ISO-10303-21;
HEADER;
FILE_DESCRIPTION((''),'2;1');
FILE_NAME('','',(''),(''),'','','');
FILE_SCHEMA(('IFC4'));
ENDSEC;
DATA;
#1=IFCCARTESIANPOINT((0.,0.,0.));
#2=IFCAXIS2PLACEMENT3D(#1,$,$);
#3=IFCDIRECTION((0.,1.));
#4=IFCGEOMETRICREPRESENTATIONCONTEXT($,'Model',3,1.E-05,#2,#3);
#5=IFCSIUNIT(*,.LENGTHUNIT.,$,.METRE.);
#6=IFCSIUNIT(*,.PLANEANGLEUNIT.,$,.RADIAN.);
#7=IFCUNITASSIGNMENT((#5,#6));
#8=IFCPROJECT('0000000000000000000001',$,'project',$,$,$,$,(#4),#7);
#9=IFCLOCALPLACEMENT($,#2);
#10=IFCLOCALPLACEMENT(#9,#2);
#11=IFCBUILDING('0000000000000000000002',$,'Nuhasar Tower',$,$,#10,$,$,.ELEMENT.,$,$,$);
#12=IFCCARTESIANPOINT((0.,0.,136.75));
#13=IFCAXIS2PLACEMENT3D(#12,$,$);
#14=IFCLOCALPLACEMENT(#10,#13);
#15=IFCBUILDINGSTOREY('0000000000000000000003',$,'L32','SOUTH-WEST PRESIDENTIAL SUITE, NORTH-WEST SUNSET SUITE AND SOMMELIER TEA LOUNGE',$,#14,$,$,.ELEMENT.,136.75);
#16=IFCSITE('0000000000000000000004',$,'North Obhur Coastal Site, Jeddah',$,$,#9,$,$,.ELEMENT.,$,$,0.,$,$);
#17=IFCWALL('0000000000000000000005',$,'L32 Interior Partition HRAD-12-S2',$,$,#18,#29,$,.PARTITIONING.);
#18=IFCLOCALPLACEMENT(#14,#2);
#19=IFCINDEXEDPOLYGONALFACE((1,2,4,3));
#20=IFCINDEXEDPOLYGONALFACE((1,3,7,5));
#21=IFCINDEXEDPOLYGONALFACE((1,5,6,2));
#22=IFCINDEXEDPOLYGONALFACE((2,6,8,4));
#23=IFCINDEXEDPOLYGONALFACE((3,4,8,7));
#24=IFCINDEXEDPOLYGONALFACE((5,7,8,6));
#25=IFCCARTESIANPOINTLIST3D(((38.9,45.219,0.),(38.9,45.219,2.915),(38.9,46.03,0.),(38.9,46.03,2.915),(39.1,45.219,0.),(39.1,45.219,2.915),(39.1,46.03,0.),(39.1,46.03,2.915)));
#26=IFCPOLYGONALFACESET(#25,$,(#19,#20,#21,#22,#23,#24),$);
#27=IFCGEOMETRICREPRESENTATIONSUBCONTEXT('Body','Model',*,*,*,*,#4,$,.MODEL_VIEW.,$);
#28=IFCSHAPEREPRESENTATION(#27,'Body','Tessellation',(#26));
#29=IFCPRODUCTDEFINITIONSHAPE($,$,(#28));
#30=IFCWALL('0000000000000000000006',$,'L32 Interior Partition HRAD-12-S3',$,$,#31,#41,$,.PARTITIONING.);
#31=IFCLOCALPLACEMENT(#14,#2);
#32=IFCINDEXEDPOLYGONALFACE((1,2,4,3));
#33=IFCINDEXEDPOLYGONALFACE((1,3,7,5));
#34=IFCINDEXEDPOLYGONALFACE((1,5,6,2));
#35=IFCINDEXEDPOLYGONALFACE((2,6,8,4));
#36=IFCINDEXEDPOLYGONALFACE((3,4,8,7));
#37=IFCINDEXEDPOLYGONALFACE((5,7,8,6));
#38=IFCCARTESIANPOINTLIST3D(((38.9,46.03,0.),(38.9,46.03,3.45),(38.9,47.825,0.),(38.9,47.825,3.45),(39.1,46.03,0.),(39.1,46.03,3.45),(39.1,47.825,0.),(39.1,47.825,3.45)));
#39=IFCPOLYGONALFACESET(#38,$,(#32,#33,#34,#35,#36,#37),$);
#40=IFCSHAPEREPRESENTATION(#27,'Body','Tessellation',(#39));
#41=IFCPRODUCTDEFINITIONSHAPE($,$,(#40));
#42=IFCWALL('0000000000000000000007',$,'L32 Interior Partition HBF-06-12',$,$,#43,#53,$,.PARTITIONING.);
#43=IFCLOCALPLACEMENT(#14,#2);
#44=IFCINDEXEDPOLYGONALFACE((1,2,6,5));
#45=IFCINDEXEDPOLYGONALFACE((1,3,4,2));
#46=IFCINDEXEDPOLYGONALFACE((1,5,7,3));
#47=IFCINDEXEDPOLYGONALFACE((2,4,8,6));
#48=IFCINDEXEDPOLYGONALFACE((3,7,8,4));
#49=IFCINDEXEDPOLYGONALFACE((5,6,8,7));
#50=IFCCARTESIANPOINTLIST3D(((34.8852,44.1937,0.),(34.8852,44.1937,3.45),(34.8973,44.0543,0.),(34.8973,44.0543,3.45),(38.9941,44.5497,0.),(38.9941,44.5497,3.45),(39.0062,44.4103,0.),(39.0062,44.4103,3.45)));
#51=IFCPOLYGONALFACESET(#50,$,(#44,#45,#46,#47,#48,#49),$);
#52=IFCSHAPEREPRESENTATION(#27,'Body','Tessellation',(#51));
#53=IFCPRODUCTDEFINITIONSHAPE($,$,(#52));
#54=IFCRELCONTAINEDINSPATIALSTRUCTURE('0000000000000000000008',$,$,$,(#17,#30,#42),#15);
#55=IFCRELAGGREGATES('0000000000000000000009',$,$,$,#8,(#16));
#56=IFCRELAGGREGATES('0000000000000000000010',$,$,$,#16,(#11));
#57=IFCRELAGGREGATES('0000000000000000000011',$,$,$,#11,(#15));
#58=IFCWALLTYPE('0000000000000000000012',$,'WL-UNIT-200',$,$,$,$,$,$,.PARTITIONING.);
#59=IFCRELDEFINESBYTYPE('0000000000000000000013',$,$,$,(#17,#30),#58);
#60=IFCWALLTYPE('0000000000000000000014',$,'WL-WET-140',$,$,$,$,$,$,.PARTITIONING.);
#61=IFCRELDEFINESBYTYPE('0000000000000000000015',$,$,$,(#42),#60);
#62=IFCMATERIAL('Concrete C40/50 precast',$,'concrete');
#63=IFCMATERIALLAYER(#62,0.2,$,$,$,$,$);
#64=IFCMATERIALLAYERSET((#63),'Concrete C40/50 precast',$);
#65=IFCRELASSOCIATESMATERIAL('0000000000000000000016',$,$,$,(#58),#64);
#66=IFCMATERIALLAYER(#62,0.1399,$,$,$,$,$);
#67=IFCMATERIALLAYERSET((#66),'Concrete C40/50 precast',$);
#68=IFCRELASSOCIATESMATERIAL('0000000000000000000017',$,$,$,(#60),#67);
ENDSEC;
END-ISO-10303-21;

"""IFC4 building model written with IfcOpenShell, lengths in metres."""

from ifc_helpers import new_model, si_unit, direction, frame, frame_2d, origin, place, context, subcontext, project, spatial, rectangle, extrude, material, layer, layer_set, type_object, element, save


model = new_model("IFC4")

# Units and contexts
model_context = context("Model", 3, precision=1e-05, world=origin(), true_north=direction((0.0, 1.0)))
body_context = subcontext(model_context, "Body", "Model", "MODEL_VIEW")
ifc_project = project(units=[si_unit("LENGTHUNIT", "METRE"), si_unit("PLANEANGLEUNIT", "RADIAN")], contexts=[model_context])

# Site, building, storey
site_placement = place(None, origin())
site = spatial("IfcSite", under=ifc_project, at=site_placement, Name="North Obhur Coastal Site, Jeddah", CompositionType="ELEMENT", RefElevation=0.0)
building_placement = place(site_placement, origin())
building = spatial("IfcBuilding", under=site, at=building_placement, Name="Nuhasar Tower", CompositionType="ELEMENT")
storey_placement = place(building_placement, frame((0.0, 0.0, 136.75)))
storey = spatial("IfcBuildingStorey", under=building, at=storey_placement, Name="L32", Description="SOUTH-WEST PRESIDENTIAL SUITE, NORTH-WEST SUNSET SUITE AND SOMMELIER TEA LOUNGE", CompositionType="ELEMENT", Elevation=136.75)

# Walls
ifc_material_1 = material(Name="Concrete C40/50 precast", Category="concrete")
ifc_layer_1 = layer(ifc_material_1, 0.2)
ifc_layer_set_1 = layer_set([ifc_layer_1], Name="Concrete C40/50 precast")
wall_type_1 = type_object("IfcWallType", Name="WL-UNIT-200", PredefinedType="PARTITIONING", material=ifc_layer_set_1)
wall_1_placement = place(storey_placement, frame((39.0, 45.219, 0.0), z_axis=(0.0, 0.0, 1.0), x_axis=(0.0, 1.0, 0.0)))
element("IfcWall", 1, at=wall_1_placement, inside=storey, type_object=wall_type_1, Name="L32 Interior Partition HRAD-12-S2", PredefinedType="PARTITIONING", context=body_context, shape_type="SweptSolid", body=[
    extrude(rectangle(XDim=0.811, YDim=0.2, at=frame_2d((0.4055, 0.0))), origin(), (0.0, 0.0, 1.0), 2.915),
])
wall_2_placement = place(storey_placement, frame((39.0, 46.03, 0.0), z_axis=(0.0, 0.0, 1.0), x_axis=(0.0, 1.0, 0.0)))
element("IfcWall", 2, at=wall_2_placement, inside=storey, type_object=wall_type_1, Name="L32 Interior Partition HRAD-12-S3", PredefinedType="PARTITIONING", context=body_context, shape_type="SweptSolid", body=[
    extrude(rectangle(XDim=1.7949, YDim=0.2, at=frame_2d((0.8975, 0.0))), origin(), (0.0, 0.0, 1.0), 3.45),
])
ifc_layer_2 = layer(ifc_material_1, 0.1399)
ifc_layer_set_2 = layer_set([ifc_layer_2], Name="Concrete C40/50 precast")
wall_type_2 = type_object("IfcWallType", Name="WL-WET-140", PredefinedType="PARTITIONING", material=ifc_layer_set_2)
wall_3_placement = place(storey_placement, frame((39.0, 44.48, 0.0), z_axis=(0.0, 0.0, 1.0), x_axis=(-0.996269, -0.086308, 0.0)))
element("IfcWall", 3, at=wall_3_placement, inside=storey, type_object=wall_type_2, Name="L32 Interior Partition HBF-06-12", PredefinedType="PARTITIONING", context=body_context, shape_type="SweptSolid", body=[
    extrude(rectangle(XDim=4.1243, YDim=0.1399, at=frame_2d((2.062, 0.0))), origin(), (0.0, 0.0, 1.0), 3.45),
])

save(model, "model.ifc")
